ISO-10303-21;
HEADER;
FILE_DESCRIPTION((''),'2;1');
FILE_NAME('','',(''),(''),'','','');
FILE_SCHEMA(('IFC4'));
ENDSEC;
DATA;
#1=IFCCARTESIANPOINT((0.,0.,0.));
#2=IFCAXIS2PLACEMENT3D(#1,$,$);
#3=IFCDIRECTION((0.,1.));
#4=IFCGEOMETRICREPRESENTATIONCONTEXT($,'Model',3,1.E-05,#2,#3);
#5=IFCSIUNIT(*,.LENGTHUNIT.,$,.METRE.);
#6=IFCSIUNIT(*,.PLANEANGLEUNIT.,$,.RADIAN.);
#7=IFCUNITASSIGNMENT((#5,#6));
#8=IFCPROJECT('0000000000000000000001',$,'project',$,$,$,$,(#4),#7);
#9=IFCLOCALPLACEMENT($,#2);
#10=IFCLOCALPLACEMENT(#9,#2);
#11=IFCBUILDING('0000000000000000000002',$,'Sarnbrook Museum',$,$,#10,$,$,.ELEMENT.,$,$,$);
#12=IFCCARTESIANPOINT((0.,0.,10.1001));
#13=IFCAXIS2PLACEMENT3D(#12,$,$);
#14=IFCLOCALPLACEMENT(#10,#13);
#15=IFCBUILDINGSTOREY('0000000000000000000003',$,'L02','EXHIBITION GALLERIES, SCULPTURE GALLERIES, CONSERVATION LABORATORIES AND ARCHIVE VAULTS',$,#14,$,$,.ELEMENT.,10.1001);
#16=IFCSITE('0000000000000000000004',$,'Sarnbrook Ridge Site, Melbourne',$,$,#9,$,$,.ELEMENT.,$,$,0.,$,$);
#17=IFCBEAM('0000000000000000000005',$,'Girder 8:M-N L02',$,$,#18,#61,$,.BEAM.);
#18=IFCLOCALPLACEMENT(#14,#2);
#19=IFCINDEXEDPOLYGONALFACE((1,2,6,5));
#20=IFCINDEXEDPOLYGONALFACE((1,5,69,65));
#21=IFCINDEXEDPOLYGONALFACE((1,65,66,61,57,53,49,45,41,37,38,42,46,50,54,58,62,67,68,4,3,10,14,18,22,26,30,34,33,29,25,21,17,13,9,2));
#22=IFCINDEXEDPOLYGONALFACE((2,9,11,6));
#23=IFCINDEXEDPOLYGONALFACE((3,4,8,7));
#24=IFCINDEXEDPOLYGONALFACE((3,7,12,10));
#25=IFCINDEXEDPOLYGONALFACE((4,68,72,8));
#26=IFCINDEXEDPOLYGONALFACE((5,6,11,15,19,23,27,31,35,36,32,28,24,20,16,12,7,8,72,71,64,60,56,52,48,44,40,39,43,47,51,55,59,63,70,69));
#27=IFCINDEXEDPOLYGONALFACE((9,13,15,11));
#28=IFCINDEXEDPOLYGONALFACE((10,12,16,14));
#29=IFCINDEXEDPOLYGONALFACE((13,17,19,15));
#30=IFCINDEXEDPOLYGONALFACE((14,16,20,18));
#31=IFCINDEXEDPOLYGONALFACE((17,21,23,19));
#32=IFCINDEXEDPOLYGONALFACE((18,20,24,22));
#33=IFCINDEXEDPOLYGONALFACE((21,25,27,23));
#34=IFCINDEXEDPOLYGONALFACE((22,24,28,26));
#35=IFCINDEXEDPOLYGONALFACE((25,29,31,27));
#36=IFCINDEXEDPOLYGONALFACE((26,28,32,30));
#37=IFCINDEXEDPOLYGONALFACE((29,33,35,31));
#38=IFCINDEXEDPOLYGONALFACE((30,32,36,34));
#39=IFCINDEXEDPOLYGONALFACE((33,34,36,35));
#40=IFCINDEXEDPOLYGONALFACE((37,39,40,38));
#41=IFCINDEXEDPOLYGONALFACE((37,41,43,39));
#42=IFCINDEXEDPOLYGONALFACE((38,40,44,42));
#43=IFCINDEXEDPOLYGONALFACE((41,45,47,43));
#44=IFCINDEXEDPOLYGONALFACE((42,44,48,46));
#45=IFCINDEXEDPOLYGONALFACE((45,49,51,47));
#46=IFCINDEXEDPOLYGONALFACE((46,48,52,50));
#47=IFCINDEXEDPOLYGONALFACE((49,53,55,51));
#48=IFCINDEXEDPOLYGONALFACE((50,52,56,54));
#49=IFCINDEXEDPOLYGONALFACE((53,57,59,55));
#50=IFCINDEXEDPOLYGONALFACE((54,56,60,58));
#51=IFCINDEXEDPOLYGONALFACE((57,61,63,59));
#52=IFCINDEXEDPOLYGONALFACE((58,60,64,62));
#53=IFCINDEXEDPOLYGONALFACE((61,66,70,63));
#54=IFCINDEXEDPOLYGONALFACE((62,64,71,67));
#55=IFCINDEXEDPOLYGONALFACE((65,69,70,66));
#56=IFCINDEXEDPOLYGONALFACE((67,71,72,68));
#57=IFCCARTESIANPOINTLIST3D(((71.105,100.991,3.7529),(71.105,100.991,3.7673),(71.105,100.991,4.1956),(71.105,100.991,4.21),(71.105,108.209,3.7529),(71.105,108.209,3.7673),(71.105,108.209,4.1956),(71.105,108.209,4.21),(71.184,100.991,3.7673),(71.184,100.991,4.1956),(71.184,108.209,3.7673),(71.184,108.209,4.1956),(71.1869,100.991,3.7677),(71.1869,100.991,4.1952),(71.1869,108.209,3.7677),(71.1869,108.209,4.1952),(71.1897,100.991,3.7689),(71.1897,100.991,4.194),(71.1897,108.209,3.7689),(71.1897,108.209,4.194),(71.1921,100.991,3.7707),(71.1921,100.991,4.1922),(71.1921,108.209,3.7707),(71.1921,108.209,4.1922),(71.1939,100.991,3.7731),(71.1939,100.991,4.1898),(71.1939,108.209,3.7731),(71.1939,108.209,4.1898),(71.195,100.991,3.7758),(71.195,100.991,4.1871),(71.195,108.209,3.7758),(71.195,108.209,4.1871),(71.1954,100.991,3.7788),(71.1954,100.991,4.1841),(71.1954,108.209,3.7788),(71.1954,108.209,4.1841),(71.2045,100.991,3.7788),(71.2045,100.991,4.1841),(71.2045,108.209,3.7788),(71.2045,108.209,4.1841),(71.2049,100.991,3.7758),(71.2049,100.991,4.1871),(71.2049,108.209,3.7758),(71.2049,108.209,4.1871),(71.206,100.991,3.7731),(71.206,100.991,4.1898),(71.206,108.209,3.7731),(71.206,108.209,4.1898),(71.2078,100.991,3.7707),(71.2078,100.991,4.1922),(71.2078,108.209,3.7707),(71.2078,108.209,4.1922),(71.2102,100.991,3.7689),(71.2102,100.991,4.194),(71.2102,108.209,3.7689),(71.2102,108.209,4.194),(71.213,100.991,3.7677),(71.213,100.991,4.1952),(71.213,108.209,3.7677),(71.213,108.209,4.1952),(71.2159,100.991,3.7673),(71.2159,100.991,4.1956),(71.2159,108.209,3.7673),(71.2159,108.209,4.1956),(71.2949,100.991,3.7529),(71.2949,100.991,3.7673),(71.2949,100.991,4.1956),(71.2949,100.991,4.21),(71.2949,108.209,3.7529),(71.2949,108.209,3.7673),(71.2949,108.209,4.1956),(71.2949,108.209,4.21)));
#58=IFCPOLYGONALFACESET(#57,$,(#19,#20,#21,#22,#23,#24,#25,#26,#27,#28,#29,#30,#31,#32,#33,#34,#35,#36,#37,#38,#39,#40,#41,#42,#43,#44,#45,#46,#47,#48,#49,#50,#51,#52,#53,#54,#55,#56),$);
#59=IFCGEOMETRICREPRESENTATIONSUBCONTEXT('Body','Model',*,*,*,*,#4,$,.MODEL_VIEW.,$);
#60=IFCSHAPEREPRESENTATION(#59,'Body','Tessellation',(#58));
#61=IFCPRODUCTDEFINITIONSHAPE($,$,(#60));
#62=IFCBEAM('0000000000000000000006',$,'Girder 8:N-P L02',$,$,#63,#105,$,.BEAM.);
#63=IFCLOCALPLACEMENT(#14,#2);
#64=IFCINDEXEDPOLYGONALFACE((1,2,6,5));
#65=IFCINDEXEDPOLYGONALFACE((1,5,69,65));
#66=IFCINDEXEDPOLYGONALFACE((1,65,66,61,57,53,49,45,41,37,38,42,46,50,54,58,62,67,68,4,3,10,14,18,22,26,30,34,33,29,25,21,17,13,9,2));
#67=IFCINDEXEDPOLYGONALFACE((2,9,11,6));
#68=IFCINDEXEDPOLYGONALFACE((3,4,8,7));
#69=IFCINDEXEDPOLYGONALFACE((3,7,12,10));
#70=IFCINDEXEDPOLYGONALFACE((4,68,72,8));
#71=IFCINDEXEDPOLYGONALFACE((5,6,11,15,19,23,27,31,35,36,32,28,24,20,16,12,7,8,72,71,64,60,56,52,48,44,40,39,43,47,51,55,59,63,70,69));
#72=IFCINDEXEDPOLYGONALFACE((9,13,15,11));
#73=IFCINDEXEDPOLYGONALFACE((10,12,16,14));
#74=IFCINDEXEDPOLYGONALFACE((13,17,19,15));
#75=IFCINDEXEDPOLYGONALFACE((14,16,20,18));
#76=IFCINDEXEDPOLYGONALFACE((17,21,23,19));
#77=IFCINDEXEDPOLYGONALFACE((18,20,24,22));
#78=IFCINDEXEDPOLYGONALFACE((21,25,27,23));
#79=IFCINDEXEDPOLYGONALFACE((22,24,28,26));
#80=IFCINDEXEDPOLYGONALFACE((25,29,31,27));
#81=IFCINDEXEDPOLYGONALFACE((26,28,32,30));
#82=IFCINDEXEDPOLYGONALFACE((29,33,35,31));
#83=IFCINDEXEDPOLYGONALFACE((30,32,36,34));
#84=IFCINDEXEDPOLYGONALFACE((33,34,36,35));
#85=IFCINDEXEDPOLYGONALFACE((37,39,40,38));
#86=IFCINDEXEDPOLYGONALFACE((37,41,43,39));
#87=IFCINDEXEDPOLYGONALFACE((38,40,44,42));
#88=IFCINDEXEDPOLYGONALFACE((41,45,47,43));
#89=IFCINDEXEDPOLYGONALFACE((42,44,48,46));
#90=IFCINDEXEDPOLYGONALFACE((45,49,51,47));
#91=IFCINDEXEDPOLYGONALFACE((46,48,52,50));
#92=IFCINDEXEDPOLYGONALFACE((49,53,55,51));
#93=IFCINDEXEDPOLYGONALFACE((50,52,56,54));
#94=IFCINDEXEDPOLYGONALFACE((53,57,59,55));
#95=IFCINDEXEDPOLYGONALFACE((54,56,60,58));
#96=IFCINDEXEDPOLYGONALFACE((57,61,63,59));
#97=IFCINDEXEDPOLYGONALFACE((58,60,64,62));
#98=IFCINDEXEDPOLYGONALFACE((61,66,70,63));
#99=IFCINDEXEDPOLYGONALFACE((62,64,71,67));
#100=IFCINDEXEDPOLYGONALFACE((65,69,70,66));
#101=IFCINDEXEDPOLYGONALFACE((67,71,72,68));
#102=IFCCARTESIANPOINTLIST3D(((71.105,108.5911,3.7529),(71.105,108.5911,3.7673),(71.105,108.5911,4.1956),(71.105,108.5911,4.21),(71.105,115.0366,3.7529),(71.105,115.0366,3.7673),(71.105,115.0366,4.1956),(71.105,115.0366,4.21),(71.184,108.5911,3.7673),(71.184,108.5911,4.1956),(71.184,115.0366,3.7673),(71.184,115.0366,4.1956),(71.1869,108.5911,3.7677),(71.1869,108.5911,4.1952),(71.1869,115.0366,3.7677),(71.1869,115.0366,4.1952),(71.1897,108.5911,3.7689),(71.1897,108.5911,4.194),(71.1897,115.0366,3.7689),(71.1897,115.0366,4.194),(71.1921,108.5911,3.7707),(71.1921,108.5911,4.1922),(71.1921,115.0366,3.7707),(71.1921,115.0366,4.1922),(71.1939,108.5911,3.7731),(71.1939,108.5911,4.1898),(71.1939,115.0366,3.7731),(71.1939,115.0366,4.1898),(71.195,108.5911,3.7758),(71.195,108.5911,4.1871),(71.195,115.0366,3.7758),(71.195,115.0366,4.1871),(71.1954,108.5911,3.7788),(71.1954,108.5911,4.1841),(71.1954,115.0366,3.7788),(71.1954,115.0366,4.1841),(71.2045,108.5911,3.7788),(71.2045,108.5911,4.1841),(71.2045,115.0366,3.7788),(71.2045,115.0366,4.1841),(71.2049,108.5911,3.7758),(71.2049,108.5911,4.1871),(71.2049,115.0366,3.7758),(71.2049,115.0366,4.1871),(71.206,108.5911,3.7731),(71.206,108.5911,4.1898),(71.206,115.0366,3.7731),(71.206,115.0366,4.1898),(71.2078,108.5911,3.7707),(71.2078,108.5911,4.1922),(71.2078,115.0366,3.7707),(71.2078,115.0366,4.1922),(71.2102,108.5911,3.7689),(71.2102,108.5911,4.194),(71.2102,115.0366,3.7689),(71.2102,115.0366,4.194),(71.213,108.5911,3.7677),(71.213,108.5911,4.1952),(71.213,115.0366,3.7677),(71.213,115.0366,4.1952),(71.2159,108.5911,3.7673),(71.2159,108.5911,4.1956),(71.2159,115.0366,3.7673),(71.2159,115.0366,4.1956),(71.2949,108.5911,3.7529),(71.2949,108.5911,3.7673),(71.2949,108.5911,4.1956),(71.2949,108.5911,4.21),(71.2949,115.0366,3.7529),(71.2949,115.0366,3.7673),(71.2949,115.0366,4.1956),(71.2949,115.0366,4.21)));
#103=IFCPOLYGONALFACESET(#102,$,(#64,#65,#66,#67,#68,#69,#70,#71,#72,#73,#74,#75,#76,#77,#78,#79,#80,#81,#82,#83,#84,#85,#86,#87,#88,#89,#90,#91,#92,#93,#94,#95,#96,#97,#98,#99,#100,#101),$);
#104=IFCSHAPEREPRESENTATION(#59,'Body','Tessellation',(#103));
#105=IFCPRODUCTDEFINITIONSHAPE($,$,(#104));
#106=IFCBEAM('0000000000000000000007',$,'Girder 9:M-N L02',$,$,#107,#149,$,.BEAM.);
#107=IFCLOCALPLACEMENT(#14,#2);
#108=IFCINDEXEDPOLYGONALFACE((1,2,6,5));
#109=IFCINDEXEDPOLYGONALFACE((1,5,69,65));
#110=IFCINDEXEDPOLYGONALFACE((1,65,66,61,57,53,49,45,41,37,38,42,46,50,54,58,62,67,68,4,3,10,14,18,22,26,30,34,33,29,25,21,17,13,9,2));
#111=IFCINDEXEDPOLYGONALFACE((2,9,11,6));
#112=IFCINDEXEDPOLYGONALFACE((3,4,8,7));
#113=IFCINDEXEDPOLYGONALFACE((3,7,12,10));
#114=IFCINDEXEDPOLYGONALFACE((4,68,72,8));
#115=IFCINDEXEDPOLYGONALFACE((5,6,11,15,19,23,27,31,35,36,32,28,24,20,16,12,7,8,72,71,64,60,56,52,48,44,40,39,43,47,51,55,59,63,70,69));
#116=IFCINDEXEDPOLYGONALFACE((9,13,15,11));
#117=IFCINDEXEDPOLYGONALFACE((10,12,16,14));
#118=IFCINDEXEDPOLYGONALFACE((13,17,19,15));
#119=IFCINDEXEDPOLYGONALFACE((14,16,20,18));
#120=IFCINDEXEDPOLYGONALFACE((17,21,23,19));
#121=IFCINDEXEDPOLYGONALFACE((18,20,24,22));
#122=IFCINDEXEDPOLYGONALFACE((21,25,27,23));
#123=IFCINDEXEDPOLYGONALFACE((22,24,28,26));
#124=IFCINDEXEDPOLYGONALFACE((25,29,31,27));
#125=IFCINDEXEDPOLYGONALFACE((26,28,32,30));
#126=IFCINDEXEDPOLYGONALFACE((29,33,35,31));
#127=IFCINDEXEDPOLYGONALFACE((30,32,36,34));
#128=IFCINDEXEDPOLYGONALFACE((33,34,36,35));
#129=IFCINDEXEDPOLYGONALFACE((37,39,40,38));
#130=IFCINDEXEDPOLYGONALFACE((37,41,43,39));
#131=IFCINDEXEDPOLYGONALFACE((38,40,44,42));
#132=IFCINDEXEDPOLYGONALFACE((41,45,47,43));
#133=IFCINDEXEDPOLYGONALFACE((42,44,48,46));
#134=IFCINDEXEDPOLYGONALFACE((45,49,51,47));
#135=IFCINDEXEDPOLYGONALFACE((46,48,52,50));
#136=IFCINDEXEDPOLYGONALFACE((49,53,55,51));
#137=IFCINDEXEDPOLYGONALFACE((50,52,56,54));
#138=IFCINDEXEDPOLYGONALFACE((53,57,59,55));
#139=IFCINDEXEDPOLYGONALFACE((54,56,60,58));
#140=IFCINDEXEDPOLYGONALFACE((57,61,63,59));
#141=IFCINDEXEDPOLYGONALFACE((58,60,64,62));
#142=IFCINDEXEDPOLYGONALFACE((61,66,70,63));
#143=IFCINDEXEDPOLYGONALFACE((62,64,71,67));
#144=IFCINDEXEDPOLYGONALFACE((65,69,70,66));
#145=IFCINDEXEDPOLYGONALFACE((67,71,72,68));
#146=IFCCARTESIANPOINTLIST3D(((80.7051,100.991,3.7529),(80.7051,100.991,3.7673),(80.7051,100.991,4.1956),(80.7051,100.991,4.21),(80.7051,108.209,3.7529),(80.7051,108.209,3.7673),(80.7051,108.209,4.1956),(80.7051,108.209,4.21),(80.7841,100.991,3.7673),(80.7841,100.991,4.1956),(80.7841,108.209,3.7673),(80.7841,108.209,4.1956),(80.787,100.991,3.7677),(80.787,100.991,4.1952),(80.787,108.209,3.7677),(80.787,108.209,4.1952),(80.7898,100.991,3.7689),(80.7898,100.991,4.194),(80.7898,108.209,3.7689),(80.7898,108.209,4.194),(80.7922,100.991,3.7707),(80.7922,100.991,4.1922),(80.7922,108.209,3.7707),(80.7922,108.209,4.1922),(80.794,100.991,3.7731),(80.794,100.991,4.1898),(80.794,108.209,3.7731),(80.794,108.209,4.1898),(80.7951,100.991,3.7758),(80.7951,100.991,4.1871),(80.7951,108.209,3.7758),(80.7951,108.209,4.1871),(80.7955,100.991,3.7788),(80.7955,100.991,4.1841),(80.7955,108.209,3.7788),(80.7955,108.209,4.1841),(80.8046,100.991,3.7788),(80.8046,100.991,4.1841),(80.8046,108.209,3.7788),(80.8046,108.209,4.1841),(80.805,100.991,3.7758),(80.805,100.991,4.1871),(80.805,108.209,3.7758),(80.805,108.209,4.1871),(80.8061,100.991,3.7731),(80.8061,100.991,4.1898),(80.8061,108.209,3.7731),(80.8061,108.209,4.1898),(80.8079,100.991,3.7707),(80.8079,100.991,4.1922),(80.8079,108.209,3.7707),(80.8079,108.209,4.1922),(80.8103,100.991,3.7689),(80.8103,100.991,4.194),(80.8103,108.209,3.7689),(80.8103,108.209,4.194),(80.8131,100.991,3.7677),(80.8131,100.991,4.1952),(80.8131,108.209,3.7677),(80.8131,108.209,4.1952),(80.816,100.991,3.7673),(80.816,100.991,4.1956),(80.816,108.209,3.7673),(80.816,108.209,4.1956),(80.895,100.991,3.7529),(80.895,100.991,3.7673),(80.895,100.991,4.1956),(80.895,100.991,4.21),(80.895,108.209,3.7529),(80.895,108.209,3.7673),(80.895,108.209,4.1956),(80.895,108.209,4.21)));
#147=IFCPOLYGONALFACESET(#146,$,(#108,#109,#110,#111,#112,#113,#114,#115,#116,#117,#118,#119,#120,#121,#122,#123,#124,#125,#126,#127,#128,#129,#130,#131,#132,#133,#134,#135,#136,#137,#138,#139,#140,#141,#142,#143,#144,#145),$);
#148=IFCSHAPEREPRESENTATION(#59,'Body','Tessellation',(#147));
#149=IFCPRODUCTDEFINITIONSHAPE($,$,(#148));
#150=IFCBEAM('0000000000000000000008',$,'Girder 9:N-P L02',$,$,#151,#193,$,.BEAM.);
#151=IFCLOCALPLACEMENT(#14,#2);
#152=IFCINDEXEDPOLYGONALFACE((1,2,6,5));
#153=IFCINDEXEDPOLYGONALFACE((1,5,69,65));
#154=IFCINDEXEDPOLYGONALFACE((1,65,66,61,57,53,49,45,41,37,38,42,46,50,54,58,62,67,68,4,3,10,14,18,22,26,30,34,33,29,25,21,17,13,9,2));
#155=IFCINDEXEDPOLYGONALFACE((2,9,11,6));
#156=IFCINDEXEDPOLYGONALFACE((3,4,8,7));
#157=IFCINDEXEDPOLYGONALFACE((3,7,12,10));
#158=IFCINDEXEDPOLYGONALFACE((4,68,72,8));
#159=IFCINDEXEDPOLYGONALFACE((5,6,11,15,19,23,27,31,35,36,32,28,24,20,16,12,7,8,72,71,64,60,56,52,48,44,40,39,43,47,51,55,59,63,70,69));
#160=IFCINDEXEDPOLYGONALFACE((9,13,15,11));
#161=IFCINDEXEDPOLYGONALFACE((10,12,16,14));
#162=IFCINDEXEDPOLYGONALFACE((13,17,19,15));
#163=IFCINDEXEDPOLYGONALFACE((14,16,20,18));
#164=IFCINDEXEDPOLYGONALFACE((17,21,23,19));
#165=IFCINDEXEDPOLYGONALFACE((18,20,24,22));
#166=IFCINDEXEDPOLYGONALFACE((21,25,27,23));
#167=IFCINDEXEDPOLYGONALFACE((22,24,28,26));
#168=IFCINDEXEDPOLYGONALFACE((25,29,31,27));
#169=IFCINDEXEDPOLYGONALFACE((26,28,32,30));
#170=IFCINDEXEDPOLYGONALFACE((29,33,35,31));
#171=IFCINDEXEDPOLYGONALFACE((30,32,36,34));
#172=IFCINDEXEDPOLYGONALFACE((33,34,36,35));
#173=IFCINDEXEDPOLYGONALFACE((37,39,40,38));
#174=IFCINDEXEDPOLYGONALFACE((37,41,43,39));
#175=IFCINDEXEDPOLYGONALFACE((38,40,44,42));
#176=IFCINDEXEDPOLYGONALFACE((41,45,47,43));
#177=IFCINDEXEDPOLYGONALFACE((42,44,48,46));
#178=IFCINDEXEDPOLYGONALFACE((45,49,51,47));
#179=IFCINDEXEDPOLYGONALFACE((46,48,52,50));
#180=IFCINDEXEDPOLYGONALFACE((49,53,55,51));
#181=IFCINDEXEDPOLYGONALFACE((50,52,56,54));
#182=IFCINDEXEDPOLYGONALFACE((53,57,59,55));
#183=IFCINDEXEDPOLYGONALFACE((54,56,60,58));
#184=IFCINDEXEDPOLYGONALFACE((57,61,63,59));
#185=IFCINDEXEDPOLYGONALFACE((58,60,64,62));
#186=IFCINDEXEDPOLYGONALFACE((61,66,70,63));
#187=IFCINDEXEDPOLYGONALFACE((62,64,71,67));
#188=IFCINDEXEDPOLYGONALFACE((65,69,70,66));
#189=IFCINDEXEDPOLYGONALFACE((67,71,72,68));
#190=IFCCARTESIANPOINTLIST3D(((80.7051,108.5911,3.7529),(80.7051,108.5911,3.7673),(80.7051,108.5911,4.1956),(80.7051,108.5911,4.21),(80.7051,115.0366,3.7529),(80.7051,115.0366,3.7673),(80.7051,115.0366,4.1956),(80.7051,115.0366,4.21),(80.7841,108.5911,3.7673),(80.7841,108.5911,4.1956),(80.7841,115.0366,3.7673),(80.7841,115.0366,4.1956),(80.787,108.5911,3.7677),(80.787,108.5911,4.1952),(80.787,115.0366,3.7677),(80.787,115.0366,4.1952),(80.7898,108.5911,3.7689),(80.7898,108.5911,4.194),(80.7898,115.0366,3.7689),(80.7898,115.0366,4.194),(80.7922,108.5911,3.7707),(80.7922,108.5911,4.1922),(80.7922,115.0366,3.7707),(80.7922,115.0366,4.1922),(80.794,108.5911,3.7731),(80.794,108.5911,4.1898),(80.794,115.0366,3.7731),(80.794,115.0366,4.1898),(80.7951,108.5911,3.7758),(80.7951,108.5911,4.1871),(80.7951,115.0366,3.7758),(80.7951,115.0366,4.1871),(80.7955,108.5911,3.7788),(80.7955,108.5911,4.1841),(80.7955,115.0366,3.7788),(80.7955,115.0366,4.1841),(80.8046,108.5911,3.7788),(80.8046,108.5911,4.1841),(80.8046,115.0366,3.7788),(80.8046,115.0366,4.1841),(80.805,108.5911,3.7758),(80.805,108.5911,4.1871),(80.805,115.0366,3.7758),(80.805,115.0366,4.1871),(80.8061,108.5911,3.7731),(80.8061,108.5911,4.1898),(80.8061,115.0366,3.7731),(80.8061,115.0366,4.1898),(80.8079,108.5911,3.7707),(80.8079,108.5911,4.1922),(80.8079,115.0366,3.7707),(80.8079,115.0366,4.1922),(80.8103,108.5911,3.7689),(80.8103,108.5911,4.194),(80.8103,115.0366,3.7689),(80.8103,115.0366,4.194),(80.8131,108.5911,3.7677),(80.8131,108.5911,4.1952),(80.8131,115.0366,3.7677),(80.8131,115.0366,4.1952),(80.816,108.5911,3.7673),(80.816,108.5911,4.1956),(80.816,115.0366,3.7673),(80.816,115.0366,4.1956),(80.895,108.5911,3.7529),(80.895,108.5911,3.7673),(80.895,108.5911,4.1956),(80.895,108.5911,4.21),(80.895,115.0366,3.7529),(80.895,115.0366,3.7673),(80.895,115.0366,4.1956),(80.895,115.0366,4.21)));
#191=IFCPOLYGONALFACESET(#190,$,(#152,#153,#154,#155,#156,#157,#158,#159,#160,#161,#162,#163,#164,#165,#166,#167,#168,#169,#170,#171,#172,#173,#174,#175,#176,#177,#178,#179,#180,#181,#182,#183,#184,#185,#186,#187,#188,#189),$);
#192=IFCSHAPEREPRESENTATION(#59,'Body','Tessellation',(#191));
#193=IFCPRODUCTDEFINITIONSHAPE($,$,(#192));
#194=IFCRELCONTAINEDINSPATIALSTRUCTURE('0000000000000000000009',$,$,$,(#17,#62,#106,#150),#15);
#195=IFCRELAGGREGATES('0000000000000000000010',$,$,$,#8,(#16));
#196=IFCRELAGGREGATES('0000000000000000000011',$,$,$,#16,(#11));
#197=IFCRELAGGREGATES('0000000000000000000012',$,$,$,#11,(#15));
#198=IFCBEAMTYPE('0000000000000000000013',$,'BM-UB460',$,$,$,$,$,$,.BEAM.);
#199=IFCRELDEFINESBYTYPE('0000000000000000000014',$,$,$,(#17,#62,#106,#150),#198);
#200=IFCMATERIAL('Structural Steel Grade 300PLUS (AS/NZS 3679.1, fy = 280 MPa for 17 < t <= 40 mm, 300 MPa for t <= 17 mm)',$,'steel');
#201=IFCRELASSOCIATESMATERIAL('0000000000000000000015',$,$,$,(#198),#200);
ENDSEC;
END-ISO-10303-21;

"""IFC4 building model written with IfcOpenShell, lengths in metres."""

from ifc_helpers import new_model, si_unit, direction, frame, origin, origin_2d, place, context, subcontext, project, spatial, i_section, extrude, material, material_profile, profile_set, type_object, element, save


model = new_model("IFC4")

# Units and contexts
model_context = context("Model", 3, precision=1e-05, world=origin(), true_north=direction((0.0, 1.0)))
body_context = subcontext(model_context, "Body", "Model", "MODEL_VIEW")
ifc_project = project(units=[si_unit("LENGTHUNIT", "METRE"), si_unit("PLANEANGLEUNIT", "RADIAN")], contexts=[model_context])

# Site, building, storey
site_placement = place(None, origin())
site = spatial("IfcSite", under=ifc_project, at=site_placement, Name="Sarnbrook Ridge Site, Melbourne", CompositionType="ELEMENT", RefElevation=0.0)
building_placement = place(site_placement, origin())
building = spatial("IfcBuilding", under=site, at=building_placement, Name="Sarnbrook Museum", CompositionType="ELEMENT")
storey_placement = place(building_placement, frame((0.0, 0.0, 10.1001)))
storey = spatial("IfcBuildingStorey", under=building, at=storey_placement, Name="L02", Description="EXHIBITION GALLERIES, SCULPTURE GALLERIES, CONSERVATION LABORATORIES AND ARCHIVE VAULTS", CompositionType="ELEMENT", Elevation=10.1001)

# Shared definitions
ifc_material_1 = material(Name="Structural Steel Grade 300PLUS (AS/NZS 3679.1, fy = 280 MPa for 17 < t <= 40 mm, 300 MPa for t <= 17 mm)", Category="steel")

# Beams
ifc_material_profile_1 = material_profile(ifc_material_1, i_section(OverallWidth=0.1899, OverallDepth=0.457, WebThickness=0.009, FlangeThickness=0.0144, FilletRadius=0.0115, at=origin_2d()), Name="460UB74.6")
ifc_profile_set_1 = profile_set([ifc_material_profile_1], Name="Structural Steel Grade 300PLUS (AS/NZS 3679.1, fy = 280 MPa for 17 < t <= 40 mm, 300 MPa for t <= 17 mm)")
beam_type_1 = type_object("IfcBeamType", Name="BM-UB460", PredefinedType="BEAM", material=ifc_profile_set_1)
beam_1_placement = place(storey_placement, frame((71.2, 100.991, 3.9814), z_axis=(0.0, 1.0, 0.0), x_axis=(-1.0, 0.0, 0.0)))
element("IfcBeam", 1, at=beam_1_placement, inside=storey, type_object=beam_type_1, Name="Girder 8:M-N L02", PredefinedType="BEAM", context=body_context, shape_type="SweptSolid", body=[
    extrude(i_section(OverallWidth=0.1899, OverallDepth=0.457, WebThickness=0.009, FlangeThickness=0.0144, FilletRadius=0.0115, at=origin_2d()), origin(), (0.0, 0.0, 1.0), 7.218),
])
beam_2_placement = place(storey_placement, frame((71.2, 108.5911, 3.9814), z_axis=(0.0, 1.0, 0.0), x_axis=(-1.0, 0.0, 0.0)))
element("IfcBeam", 2, at=beam_2_placement, inside=storey, type_object=beam_type_1, Name="Girder 8:N-P L02", PredefinedType="BEAM", context=body_context, shape_type="SweptSolid", body=[
    extrude(i_section(OverallWidth=0.1899, OverallDepth=0.457, WebThickness=0.009, FlangeThickness=0.0144, FilletRadius=0.0115, at=origin_2d()), origin(), (0.0, 0.0, 1.0), 6.4456),
])
beam_3_placement = place(storey_placement, frame((80.8, 100.991, 3.9814), z_axis=(0.0, 1.0, 0.0), x_axis=(-1.0, 0.0, 0.0)))
element("IfcBeam", 3, at=beam_3_placement, inside=storey, type_object=beam_type_1, Name="Girder 9:M-N L02", PredefinedType="BEAM", context=body_context, shape_type="SweptSolid", body=[
    extrude(i_section(OverallWidth=0.1899, OverallDepth=0.457, WebThickness=0.009, FlangeThickness=0.0144, FilletRadius=0.0115, at=origin_2d()), origin(), (0.0, 0.0, 1.0), 7.218),
])
beam_4_placement = place(storey_placement, frame((80.8, 108.5911, 3.9814), z_axis=(0.0, 1.0, 0.0), x_axis=(-1.0, 0.0, 0.0)))
element("IfcBeam", 4, at=beam_4_placement, inside=storey, type_object=beam_type_1, Name="Girder 9:N-P L02", PredefinedType="BEAM", context=body_context, shape_type="SweptSolid", body=[
    extrude(i_section(OverallWidth=0.1899, OverallDepth=0.457, WebThickness=0.009, FlangeThickness=0.0144, FilletRadius=0.0115, at=origin_2d()), origin(), (0.0, 0.0, 1.0), 6.4456),
])

save(model, "model.ifc")
